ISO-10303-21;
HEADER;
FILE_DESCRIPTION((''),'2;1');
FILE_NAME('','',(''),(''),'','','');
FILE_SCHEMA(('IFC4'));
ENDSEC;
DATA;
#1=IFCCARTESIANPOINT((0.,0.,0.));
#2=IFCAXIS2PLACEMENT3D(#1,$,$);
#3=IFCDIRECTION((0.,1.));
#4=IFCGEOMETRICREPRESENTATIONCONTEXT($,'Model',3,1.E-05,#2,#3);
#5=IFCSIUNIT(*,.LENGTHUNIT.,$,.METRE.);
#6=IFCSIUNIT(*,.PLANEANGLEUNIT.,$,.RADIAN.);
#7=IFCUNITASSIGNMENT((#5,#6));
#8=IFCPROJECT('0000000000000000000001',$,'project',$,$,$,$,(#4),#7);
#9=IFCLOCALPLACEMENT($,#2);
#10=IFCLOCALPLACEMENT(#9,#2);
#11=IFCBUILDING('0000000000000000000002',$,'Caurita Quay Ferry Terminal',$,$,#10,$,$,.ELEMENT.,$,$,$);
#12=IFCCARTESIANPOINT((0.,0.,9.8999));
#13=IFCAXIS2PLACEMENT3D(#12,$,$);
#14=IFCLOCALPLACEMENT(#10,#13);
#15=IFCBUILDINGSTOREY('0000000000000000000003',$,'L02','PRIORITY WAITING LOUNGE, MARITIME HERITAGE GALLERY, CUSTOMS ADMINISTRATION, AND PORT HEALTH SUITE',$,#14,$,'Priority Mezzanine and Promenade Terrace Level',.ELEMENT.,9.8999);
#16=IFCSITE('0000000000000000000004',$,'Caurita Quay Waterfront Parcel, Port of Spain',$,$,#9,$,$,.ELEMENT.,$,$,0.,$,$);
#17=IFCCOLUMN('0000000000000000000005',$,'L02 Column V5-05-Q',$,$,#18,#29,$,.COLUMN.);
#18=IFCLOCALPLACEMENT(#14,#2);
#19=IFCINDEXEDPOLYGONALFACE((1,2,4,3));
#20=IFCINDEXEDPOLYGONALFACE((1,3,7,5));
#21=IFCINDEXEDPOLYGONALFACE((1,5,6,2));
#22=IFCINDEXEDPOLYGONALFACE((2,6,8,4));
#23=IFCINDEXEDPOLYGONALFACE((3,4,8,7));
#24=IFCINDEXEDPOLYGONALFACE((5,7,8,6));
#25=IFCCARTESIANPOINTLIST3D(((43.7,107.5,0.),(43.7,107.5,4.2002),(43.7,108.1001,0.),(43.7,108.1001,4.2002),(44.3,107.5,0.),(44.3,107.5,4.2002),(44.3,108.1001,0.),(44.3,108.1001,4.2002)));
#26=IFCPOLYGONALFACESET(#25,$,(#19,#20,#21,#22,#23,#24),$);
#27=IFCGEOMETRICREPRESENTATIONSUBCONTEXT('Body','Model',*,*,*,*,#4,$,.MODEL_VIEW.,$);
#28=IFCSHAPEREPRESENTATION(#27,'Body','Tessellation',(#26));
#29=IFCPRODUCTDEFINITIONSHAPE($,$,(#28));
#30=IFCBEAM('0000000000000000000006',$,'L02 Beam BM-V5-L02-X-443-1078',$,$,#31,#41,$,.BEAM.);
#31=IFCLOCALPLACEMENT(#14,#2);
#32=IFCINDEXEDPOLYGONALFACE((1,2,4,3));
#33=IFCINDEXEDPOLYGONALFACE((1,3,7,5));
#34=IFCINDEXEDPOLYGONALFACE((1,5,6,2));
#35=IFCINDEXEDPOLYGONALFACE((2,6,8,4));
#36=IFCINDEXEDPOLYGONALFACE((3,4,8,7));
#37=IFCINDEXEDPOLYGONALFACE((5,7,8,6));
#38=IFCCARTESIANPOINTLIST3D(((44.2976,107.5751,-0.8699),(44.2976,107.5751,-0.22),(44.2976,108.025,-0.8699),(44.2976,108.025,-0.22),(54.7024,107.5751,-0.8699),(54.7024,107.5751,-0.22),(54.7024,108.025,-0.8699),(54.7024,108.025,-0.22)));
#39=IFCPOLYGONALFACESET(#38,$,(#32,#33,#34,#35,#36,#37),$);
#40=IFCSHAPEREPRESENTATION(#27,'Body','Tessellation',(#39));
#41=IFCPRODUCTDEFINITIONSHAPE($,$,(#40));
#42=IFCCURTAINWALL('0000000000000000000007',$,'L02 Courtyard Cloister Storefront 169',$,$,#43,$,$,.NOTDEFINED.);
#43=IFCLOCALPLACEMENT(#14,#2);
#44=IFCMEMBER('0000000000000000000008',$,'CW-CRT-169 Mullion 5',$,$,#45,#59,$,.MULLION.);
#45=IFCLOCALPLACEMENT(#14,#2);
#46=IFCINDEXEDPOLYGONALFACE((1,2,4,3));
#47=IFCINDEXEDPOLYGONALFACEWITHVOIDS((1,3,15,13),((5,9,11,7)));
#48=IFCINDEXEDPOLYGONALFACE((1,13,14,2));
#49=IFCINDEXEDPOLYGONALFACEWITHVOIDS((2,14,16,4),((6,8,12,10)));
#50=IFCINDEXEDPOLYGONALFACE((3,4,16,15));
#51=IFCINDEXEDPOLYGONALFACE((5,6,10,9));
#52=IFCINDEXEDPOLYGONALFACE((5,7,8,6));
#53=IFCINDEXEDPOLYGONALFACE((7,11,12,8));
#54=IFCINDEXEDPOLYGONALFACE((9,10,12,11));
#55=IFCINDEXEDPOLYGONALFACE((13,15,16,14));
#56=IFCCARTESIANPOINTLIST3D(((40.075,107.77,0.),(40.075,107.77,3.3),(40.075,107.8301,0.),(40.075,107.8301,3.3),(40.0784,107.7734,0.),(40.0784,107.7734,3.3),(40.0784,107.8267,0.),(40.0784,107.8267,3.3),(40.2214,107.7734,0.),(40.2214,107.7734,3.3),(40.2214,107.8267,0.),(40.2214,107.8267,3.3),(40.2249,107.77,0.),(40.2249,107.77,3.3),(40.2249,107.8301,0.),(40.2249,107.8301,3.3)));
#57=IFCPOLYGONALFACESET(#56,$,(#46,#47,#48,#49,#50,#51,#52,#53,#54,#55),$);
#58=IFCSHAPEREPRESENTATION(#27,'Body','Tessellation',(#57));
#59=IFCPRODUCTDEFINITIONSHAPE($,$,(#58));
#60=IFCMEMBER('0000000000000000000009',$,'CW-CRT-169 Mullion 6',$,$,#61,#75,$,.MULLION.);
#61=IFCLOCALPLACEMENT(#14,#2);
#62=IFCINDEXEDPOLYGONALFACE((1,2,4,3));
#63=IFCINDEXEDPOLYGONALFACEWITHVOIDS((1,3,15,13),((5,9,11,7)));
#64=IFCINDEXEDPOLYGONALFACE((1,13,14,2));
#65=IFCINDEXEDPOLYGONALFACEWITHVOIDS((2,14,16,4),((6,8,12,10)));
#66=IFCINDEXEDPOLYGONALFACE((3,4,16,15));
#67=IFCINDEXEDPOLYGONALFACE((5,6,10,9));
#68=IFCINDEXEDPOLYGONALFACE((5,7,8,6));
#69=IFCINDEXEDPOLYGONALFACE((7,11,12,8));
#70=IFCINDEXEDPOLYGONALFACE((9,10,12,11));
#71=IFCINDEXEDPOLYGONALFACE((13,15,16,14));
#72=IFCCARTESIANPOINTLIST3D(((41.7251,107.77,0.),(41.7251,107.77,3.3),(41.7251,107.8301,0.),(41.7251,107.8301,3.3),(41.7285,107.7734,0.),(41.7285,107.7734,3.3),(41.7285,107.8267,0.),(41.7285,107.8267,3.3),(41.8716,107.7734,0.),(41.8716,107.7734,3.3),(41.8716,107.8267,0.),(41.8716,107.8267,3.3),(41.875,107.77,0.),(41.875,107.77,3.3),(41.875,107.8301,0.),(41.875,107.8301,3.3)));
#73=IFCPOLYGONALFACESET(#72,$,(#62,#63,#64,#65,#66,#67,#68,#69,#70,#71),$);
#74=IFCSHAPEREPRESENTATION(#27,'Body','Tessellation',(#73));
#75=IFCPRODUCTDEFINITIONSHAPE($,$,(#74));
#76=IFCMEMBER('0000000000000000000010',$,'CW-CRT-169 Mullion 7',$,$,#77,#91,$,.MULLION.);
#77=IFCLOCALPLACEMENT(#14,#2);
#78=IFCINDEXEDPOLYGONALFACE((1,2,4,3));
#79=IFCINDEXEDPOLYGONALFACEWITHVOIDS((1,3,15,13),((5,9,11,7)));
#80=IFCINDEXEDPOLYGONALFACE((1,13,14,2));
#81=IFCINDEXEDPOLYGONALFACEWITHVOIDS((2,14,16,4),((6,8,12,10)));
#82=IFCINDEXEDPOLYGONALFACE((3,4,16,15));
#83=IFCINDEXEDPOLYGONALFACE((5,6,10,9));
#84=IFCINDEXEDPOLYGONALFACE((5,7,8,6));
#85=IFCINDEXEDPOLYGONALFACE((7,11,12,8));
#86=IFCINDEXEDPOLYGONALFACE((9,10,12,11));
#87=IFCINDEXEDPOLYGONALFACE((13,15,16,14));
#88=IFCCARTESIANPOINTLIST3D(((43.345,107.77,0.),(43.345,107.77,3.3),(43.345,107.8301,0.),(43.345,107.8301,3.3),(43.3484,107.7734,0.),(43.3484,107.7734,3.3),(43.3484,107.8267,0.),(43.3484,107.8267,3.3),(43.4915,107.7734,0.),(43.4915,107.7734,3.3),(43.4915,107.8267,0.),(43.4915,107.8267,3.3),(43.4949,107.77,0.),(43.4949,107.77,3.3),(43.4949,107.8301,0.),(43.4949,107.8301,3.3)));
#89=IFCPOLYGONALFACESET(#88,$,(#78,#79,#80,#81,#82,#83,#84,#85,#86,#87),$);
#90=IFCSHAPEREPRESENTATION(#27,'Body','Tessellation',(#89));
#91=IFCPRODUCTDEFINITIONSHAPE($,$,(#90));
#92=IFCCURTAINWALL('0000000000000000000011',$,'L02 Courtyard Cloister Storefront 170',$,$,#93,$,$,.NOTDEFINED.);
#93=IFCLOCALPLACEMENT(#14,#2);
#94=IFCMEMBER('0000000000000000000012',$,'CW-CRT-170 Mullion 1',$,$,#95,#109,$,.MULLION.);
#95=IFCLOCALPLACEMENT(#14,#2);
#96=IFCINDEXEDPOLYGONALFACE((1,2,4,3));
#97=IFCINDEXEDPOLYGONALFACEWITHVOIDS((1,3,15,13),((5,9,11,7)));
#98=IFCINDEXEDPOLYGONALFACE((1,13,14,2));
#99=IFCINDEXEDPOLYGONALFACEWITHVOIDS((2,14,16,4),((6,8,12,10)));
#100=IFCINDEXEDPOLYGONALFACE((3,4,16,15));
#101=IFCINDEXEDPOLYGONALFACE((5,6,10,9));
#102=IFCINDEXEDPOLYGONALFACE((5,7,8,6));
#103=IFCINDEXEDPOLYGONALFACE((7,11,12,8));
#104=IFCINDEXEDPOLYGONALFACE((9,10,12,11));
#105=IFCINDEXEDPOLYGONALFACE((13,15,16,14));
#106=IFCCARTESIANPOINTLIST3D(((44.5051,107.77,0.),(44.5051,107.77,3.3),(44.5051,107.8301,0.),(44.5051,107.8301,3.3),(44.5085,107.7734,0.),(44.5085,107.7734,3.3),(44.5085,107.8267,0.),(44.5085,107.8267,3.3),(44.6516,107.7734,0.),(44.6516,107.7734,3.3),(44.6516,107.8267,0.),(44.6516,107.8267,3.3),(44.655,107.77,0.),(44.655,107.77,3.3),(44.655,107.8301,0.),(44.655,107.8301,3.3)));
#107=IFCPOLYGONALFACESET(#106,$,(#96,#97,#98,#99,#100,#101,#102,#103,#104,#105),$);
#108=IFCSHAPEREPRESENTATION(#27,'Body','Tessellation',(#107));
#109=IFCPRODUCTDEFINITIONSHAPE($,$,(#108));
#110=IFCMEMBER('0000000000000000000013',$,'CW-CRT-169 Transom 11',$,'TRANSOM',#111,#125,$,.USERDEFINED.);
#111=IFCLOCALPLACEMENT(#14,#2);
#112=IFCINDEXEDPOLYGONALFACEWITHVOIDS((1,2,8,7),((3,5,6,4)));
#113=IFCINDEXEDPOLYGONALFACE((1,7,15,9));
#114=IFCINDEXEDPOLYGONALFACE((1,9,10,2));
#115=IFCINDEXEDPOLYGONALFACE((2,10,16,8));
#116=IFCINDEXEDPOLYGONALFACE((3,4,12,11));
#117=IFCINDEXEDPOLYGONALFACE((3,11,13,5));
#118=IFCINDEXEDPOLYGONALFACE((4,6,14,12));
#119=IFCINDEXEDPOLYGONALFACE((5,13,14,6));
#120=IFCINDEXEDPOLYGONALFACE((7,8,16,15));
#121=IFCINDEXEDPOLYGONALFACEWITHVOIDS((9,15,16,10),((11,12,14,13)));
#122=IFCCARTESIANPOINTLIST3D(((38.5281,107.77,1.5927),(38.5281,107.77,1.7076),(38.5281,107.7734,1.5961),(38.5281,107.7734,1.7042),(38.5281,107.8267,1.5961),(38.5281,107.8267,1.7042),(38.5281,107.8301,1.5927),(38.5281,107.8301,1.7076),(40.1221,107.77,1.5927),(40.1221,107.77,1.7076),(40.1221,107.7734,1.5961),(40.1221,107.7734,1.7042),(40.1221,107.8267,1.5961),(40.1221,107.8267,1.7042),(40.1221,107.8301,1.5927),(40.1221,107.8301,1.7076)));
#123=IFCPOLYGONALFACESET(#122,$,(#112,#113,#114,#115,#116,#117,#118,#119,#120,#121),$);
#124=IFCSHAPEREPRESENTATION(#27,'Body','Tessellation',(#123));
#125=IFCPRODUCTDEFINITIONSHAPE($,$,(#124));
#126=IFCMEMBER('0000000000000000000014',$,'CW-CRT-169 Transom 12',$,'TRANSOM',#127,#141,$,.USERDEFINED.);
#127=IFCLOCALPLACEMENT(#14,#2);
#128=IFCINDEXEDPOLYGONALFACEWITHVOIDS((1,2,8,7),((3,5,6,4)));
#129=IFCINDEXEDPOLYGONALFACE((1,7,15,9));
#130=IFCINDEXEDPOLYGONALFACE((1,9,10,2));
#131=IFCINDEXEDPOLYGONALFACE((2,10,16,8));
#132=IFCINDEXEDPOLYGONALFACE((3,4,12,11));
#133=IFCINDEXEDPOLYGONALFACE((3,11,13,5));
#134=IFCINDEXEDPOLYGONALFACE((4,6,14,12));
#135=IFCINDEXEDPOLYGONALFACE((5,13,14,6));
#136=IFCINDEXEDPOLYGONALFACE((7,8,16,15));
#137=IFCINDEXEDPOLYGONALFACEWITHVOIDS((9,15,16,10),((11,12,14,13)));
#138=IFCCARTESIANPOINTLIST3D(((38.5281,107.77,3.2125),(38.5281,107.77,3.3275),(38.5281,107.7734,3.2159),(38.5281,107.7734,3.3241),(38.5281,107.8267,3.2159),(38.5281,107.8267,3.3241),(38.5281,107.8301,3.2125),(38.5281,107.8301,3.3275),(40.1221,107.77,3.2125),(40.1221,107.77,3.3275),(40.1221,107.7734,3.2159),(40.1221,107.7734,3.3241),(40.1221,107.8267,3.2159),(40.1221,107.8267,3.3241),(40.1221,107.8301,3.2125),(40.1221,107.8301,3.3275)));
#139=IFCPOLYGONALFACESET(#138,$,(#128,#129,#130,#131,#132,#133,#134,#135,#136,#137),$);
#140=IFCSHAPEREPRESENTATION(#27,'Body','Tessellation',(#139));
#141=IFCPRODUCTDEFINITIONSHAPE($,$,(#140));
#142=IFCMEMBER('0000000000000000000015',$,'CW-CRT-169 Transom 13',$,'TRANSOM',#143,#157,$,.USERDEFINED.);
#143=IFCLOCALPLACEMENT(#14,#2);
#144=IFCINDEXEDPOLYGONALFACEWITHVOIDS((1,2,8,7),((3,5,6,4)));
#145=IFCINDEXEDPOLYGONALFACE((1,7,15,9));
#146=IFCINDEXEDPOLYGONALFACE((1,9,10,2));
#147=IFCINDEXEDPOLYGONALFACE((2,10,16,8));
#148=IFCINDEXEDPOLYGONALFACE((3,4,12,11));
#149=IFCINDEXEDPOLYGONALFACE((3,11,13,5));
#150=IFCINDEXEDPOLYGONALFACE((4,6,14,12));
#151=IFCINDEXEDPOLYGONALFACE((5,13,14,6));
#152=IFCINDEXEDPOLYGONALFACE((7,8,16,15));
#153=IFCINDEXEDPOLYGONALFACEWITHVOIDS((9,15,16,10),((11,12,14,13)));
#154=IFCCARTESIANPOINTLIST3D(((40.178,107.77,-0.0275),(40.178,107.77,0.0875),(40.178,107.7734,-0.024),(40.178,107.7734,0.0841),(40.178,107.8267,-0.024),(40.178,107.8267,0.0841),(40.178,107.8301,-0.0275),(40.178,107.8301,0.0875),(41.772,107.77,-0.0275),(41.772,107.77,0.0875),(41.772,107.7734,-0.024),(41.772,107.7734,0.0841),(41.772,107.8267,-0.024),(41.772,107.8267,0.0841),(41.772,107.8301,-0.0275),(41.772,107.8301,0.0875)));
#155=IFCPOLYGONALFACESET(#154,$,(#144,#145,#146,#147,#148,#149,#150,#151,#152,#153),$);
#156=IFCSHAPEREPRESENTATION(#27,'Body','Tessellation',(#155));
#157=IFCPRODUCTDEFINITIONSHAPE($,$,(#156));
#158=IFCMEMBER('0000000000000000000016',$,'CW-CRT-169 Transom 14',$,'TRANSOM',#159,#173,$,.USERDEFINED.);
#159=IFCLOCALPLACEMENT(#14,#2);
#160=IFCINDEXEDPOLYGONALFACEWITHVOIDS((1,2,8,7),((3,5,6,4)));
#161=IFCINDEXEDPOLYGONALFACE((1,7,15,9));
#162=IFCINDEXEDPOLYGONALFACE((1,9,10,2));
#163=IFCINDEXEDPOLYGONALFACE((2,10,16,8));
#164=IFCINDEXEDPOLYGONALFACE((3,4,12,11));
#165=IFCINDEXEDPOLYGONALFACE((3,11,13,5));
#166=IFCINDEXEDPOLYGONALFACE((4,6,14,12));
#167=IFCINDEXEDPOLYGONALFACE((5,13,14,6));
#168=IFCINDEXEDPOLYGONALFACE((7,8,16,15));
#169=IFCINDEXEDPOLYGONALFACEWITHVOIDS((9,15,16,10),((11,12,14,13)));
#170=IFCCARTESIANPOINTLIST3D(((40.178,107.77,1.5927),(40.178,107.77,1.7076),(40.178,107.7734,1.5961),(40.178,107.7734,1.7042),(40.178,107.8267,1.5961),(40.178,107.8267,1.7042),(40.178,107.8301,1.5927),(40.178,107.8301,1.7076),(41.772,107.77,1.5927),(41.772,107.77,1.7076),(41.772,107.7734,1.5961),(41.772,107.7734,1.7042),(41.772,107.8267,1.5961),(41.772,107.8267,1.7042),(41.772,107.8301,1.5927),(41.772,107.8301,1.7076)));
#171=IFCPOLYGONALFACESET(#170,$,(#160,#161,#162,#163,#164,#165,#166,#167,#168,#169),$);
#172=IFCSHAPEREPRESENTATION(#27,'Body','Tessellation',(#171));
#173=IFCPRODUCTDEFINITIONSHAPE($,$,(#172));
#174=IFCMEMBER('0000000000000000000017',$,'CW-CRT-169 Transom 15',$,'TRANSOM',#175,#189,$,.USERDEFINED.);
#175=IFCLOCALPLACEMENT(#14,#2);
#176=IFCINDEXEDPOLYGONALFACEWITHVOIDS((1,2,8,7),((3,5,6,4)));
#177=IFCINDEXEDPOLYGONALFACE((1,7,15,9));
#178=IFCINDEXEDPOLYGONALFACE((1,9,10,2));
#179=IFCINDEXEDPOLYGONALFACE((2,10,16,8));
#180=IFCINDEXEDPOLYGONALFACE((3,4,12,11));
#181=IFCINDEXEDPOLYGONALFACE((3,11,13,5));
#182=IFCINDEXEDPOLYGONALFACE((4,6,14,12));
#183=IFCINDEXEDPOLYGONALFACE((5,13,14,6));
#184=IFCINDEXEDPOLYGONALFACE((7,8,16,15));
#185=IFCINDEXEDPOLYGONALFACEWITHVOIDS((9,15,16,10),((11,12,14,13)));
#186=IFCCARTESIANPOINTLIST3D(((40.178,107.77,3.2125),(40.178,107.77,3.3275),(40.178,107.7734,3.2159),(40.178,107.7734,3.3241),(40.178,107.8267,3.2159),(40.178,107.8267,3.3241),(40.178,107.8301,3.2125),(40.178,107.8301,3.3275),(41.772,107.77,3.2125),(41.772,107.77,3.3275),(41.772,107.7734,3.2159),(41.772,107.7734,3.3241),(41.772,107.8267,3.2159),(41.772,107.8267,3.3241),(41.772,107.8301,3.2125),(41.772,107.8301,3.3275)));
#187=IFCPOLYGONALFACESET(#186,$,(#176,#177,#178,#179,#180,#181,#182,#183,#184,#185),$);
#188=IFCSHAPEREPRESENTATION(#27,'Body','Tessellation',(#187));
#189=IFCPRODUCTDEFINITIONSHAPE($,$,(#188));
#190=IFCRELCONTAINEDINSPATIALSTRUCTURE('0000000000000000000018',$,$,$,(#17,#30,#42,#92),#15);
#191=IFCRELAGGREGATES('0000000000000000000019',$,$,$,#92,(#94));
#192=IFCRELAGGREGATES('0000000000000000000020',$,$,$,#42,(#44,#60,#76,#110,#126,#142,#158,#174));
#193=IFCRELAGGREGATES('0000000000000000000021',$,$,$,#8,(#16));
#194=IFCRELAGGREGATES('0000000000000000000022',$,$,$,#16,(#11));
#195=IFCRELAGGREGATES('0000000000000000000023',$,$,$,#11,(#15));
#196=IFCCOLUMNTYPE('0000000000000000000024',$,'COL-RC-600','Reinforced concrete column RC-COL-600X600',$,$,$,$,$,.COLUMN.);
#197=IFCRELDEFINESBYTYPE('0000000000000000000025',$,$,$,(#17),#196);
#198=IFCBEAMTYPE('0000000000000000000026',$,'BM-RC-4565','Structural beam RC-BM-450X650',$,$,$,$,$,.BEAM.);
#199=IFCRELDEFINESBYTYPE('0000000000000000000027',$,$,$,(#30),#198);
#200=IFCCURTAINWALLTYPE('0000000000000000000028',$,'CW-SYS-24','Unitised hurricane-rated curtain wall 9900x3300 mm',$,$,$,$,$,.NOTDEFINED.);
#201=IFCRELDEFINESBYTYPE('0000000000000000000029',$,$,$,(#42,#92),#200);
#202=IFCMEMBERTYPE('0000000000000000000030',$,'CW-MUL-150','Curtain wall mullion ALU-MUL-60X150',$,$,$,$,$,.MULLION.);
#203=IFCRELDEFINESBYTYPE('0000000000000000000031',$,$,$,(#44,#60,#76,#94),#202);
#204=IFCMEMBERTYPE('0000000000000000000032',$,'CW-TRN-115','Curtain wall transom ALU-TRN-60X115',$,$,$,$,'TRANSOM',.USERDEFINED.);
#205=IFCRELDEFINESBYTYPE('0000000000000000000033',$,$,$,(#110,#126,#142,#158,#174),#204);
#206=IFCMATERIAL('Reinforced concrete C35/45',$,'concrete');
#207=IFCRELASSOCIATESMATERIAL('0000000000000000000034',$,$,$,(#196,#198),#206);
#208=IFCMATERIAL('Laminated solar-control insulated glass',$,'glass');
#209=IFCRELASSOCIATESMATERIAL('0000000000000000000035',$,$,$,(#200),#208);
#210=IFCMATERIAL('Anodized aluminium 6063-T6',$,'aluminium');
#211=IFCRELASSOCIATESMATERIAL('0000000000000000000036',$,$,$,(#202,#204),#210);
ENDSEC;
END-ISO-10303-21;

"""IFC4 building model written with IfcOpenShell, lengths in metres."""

from ifc_helpers import new_model, si_unit, direction, frame, origin, origin_2d, place, context, subcontext, project, spatial, rectangle, hollow_rectangle, extrude, material, material_profile, profile_set, type_object, element, aggregate, save


model = new_model("IFC4")

# Units and contexts
model_context = context("Model", 3, precision=1e-05, world=origin(), true_north=direction((0.0, 1.0)))
body_context = subcontext(model_context, "Body", "Model", "MODEL_VIEW")
ifc_project = project(units=[si_unit("LENGTHUNIT", "METRE"), si_unit("PLANEANGLEUNIT", "RADIAN")], contexts=[model_context])

# Site, building, storey
site_placement = place(None, origin())
site = spatial("IfcSite", under=ifc_project, at=site_placement, Name="Caurita Quay Waterfront Parcel, Port of Spain", CompositionType="ELEMENT", RefElevation=0.0)
building_placement = place(site_placement, origin())
building = spatial("IfcBuilding", under=site, at=building_placement, Name="Caurita Quay Ferry Terminal", CompositionType="ELEMENT")
storey_placement = place(building_placement, frame((0.0, 0.0, 9.8999)))
storey = spatial("IfcBuildingStorey", under=building, at=storey_placement, Name="L02", Description="PRIORITY WAITING LOUNGE, MARITIME HERITAGE GALLERY, CUSTOMS ADMINISTRATION, AND PORT HEALTH SUITE", LongName="Priority Mezzanine and Promenade Terrace Level", CompositionType="ELEMENT", Elevation=9.8999)

# Column
ifc_material_1 = material(Name="Reinforced concrete C35/45", Category="concrete")
ifc_material_profile_1 = material_profile(ifc_material_1, rectangle(XDim=0.6001, YDim=0.6001, at=origin_2d()), Name="RC-COL-600X600")
ifc_profile_set_1 = profile_set([ifc_material_profile_1], Name="Reinforced concrete C35/45")
column_type = type_object("IfcColumnType", Name="COL-RC-600", Description="Reinforced concrete column RC-COL-600X600", PredefinedType="COLUMN", material=ifc_profile_set_1)
column_placement = place(storey_placement, frame((44.0, 107.8, 0.0), z_axis=(0.0, 0.0, 1.0), x_axis=(1.0, 0.0, 0.0)))
element("IfcColumn", 1, at=column_placement, inside=storey, type_object=column_type, Name="L02 Column V5-05-Q", PredefinedType="COLUMN", context=body_context, shape_type="SweptSolid", body=[
    extrude(rectangle(XDim=0.6001, YDim=0.6001, at=origin_2d()), origin(), (0.0, 0.0, 1.0), 4.2002),
])

# Beam
ifc_material_profile_2 = material_profile(ifc_material_1, rectangle(XDim=0.45, YDim=0.6499, at=origin_2d()), Name="RC-BM-450X650")
ifc_profile_set_2 = profile_set([ifc_material_profile_2], Name="Reinforced concrete C35/45")
beam_type = type_object("IfcBeamType", Name="BM-RC-4565", Description="Structural beam RC-BM-450X650", PredefinedType="BEAM", material=ifc_profile_set_2)
beam_placement = place(storey_placement, frame((44.2976, 107.8, -0.5449), z_axis=(1.0, 0.0, 0.0), x_axis=(0.0, 1.0, 0.0)))
element("IfcBeam", 2, at=beam_placement, inside=storey, type_object=beam_type, Name="L02 Beam BM-V5-L02-X-443-1078", PredefinedType="BEAM", context=body_context, shape_type="SweptSolid", body=[
    extrude(rectangle(XDim=0.45, YDim=0.6499, at=origin_2d()), origin(), (0.0, 0.0, 1.0), 10.4048),
])

# Curtain wall, members
ifc_material_2 = material(Name="Laminated solar-control insulated glass", Category="glass")
curtain_wall_type = type_object("IfcCurtainWallType", Name="CW-SYS-24", Description="Unitised hurricane-rated curtain wall 9900x3300 mm", PredefinedType="NOTDEFINED", material=ifc_material_2)
curtain_wall_1_placement = place(storey_placement, origin())
curtain_wall_1 = element("IfcCurtainWall", 3, at=curtain_wall_1_placement, inside=storey, type_object=curtain_wall_type, Name="L02 Courtyard Cloister Storefront 169", PredefinedType="NOTDEFINED")
ifc_material_3 = material(Name="Anodized aluminium 6063-T6", Category="aluminium")
ifc_material_profile_3 = material_profile(ifc_material_3, hollow_rectangle(XDim=0.0601, YDim=0.1499, WallThickness=0.0034, at=origin_2d()), Name="ALU-MUL-60X150")
ifc_profile_set_3 = profile_set([ifc_material_profile_3], Name="Anodized aluminium 6063-T6")
member_type_1 = type_object("IfcMemberType", Name="CW-MUL-150", Description="Curtain wall mullion ALU-MUL-60X150", PredefinedType="MULLION", material=ifc_profile_set_3)
member_1_placement = place(storey_placement, frame((40.1499, 107.8, 0.0), z_axis=(0.0, 0.0, 1.0), x_axis=(0.0, 1.0, 0.0)))
member_1 = element("IfcMember", 4, at=member_1_placement, type_object=member_type_1, Name="CW-CRT-169 Mullion 5", PredefinedType="MULLION", context=body_context, shape_type="SweptSolid", body=[
    extrude(hollow_rectangle(XDim=0.0601, YDim=0.1499, WallThickness=0.0034, at=origin_2d()), origin(), (0.0, 0.0, 1.0), 3.3),
])
member_2_placement = place(storey_placement, frame((41.8, 107.8, 0.0), z_axis=(0.0, 0.0, 1.0), x_axis=(0.0, 1.0, 0.0)))
member_2 = element("IfcMember", 5, at=member_2_placement, type_object=member_type_1, Name="CW-CRT-169 Mullion 6", PredefinedType="MULLION", context=body_context, shape_type="SweptSolid", body=[
    extrude(hollow_rectangle(XDim=0.0601, YDim=0.1499, WallThickness=0.0034, at=origin_2d()), origin(), (0.0, 0.0, 1.0), 3.3),
])
member_3_placement = place(storey_placement, frame((43.4199, 107.8, 0.0), z_axis=(0.0, 0.0, 1.0), x_axis=(0.0, 1.0, 0.0)))
member_3 = element("IfcMember", 6, at=member_3_placement, type_object=member_type_1, Name="CW-CRT-169 Mullion 7", PredefinedType="MULLION", context=body_context, shape_type="SweptSolid", body=[
    extrude(hollow_rectangle(XDim=0.0601, YDim=0.1499, WallThickness=0.0034, at=origin_2d()), origin(), (0.0, 0.0, 1.0), 3.3),
])

# Curtain wall, member
curtain_wall_2_placement = place(storey_placement, origin())
curtain_wall_2 = element("IfcCurtainWall", 7, at=curtain_wall_2_placement, inside=storey, type_object=curtain_wall_type, Name="L02 Courtyard Cloister Storefront 170", PredefinedType="NOTDEFINED")
member_4_placement = place(storey_placement, frame((44.5801, 107.8, 0.0), z_axis=(0.0, 0.0, 1.0), x_axis=(0.0, 1.0, 0.0)))
member_4 = element("IfcMember", 8, at=member_4_placement, type_object=member_type_1, Name="CW-CRT-170 Mullion 1", PredefinedType="MULLION", context=body_context, shape_type="SweptSolid", body=[
    extrude(hollow_rectangle(XDim=0.0601, YDim=0.1499, WallThickness=0.0034, at=origin_2d()), origin(), (0.0, 0.0, 1.0), 3.3),
])

# Members
ifc_material_profile_4 = material_profile(ifc_material_3, hollow_rectangle(XDim=0.0601, YDim=0.115, WallThickness=0.0034, at=origin_2d()), Name="ALU-TRN-60X115")
ifc_profile_set_4 = profile_set([ifc_material_profile_4], Name="Anodized aluminium 6063-T6")
member_type_2 = type_object("IfcMemberType", Name="CW-TRN-115", Description="Curtain wall transom ALU-TRN-60X115", ElementType="TRANSOM", PredefinedType="USERDEFINED", material=ifc_profile_set_4)
member_5_placement = place(storey_placement, frame((38.5281, 107.8, 1.6501), z_axis=(1.0, 0.0, 0.0), x_axis=(0.0, 1.0, 0.0)))
member_5 = element("IfcMember", 9, at=member_5_placement, type_object=member_type_2, Name="CW-CRT-169 Transom 11", ObjectType="TRANSOM", PredefinedType="USERDEFINED", context=body_context, shape_type="SweptSolid", body=[
    extrude(hollow_rectangle(XDim=0.0601, YDim=0.115, WallThickness=0.0034, at=origin_2d()), origin(), (0.0, 0.0, 1.0), 1.594),
])
member_6_placement = place(storey_placement, frame((38.5281, 107.8, 3.27), z_axis=(1.0, 0.0, 0.0), x_axis=(0.0, 1.0, 0.0)))
member_6 = element("IfcMember", 10, at=member_6_placement, type_object=member_type_2, Name="CW-CRT-169 Transom 12", ObjectType="TRANSOM", PredefinedType="USERDEFINED", context=body_context, shape_type="SweptSolid", body=[
    extrude(hollow_rectangle(XDim=0.0601, YDim=0.115, WallThickness=0.0034, at=origin_2d()), origin(), (0.0, 0.0, 1.0), 1.594),
])
member_7_placement = place(storey_placement, frame((40.178, 107.8, 0.03), z_axis=(1.0, 0.0, 0.0), x_axis=(0.0, 1.0, 0.0)))
member_7 = element("IfcMember", 11, at=member_7_placement, type_object=member_type_2, Name="CW-CRT-169 Transom 13", ObjectType="TRANSOM", PredefinedType="USERDEFINED", context=body_context, shape_type="SweptSolid", body=[
    extrude(hollow_rectangle(XDim=0.0601, YDim=0.115, WallThickness=0.0034, at=origin_2d()), origin(), (0.0, 0.0, 1.0), 1.594),
])
member_8_placement = place(storey_placement, frame((40.178, 107.8, 1.6501), z_axis=(1.0, 0.0, 0.0), x_axis=(0.0, 1.0, 0.0)))
member_8 = element("IfcMember", 12, at=member_8_placement, type_object=member_type_2, Name="CW-CRT-169 Transom 14", ObjectType="TRANSOM", PredefinedType="USERDEFINED", context=body_context, shape_type="SweptSolid", body=[
    extrude(hollow_rectangle(XDim=0.0601, YDim=0.115, WallThickness=0.0034, at=origin_2d()), origin(), (0.0, 0.0, 1.0), 1.594),
])
member_9_placement = place(storey_placement, frame((40.178, 107.8, 3.27), z_axis=(1.0, 0.0, 0.0), x_axis=(0.0, 1.0, 0.0)))
member_9 = element("IfcMember", 13, at=member_9_placement, type_object=member_type_2, Name="CW-CRT-169 Transom 15", ObjectType="TRANSOM", PredefinedType="USERDEFINED", context=body_context, shape_type="SweptSolid", body=[
    extrude(hollow_rectangle(XDim=0.0601, YDim=0.115, WallThickness=0.0034, at=origin_2d()), origin(), (0.0, 0.0, 1.0), 1.594),
])
aggregate(curtain_wall_2, [member_4])

aggregate(curtain_wall_1, [member_1, member_2, member_3, member_5, member_6, member_7, member_8, member_9])

save(model, "model.ifc")
